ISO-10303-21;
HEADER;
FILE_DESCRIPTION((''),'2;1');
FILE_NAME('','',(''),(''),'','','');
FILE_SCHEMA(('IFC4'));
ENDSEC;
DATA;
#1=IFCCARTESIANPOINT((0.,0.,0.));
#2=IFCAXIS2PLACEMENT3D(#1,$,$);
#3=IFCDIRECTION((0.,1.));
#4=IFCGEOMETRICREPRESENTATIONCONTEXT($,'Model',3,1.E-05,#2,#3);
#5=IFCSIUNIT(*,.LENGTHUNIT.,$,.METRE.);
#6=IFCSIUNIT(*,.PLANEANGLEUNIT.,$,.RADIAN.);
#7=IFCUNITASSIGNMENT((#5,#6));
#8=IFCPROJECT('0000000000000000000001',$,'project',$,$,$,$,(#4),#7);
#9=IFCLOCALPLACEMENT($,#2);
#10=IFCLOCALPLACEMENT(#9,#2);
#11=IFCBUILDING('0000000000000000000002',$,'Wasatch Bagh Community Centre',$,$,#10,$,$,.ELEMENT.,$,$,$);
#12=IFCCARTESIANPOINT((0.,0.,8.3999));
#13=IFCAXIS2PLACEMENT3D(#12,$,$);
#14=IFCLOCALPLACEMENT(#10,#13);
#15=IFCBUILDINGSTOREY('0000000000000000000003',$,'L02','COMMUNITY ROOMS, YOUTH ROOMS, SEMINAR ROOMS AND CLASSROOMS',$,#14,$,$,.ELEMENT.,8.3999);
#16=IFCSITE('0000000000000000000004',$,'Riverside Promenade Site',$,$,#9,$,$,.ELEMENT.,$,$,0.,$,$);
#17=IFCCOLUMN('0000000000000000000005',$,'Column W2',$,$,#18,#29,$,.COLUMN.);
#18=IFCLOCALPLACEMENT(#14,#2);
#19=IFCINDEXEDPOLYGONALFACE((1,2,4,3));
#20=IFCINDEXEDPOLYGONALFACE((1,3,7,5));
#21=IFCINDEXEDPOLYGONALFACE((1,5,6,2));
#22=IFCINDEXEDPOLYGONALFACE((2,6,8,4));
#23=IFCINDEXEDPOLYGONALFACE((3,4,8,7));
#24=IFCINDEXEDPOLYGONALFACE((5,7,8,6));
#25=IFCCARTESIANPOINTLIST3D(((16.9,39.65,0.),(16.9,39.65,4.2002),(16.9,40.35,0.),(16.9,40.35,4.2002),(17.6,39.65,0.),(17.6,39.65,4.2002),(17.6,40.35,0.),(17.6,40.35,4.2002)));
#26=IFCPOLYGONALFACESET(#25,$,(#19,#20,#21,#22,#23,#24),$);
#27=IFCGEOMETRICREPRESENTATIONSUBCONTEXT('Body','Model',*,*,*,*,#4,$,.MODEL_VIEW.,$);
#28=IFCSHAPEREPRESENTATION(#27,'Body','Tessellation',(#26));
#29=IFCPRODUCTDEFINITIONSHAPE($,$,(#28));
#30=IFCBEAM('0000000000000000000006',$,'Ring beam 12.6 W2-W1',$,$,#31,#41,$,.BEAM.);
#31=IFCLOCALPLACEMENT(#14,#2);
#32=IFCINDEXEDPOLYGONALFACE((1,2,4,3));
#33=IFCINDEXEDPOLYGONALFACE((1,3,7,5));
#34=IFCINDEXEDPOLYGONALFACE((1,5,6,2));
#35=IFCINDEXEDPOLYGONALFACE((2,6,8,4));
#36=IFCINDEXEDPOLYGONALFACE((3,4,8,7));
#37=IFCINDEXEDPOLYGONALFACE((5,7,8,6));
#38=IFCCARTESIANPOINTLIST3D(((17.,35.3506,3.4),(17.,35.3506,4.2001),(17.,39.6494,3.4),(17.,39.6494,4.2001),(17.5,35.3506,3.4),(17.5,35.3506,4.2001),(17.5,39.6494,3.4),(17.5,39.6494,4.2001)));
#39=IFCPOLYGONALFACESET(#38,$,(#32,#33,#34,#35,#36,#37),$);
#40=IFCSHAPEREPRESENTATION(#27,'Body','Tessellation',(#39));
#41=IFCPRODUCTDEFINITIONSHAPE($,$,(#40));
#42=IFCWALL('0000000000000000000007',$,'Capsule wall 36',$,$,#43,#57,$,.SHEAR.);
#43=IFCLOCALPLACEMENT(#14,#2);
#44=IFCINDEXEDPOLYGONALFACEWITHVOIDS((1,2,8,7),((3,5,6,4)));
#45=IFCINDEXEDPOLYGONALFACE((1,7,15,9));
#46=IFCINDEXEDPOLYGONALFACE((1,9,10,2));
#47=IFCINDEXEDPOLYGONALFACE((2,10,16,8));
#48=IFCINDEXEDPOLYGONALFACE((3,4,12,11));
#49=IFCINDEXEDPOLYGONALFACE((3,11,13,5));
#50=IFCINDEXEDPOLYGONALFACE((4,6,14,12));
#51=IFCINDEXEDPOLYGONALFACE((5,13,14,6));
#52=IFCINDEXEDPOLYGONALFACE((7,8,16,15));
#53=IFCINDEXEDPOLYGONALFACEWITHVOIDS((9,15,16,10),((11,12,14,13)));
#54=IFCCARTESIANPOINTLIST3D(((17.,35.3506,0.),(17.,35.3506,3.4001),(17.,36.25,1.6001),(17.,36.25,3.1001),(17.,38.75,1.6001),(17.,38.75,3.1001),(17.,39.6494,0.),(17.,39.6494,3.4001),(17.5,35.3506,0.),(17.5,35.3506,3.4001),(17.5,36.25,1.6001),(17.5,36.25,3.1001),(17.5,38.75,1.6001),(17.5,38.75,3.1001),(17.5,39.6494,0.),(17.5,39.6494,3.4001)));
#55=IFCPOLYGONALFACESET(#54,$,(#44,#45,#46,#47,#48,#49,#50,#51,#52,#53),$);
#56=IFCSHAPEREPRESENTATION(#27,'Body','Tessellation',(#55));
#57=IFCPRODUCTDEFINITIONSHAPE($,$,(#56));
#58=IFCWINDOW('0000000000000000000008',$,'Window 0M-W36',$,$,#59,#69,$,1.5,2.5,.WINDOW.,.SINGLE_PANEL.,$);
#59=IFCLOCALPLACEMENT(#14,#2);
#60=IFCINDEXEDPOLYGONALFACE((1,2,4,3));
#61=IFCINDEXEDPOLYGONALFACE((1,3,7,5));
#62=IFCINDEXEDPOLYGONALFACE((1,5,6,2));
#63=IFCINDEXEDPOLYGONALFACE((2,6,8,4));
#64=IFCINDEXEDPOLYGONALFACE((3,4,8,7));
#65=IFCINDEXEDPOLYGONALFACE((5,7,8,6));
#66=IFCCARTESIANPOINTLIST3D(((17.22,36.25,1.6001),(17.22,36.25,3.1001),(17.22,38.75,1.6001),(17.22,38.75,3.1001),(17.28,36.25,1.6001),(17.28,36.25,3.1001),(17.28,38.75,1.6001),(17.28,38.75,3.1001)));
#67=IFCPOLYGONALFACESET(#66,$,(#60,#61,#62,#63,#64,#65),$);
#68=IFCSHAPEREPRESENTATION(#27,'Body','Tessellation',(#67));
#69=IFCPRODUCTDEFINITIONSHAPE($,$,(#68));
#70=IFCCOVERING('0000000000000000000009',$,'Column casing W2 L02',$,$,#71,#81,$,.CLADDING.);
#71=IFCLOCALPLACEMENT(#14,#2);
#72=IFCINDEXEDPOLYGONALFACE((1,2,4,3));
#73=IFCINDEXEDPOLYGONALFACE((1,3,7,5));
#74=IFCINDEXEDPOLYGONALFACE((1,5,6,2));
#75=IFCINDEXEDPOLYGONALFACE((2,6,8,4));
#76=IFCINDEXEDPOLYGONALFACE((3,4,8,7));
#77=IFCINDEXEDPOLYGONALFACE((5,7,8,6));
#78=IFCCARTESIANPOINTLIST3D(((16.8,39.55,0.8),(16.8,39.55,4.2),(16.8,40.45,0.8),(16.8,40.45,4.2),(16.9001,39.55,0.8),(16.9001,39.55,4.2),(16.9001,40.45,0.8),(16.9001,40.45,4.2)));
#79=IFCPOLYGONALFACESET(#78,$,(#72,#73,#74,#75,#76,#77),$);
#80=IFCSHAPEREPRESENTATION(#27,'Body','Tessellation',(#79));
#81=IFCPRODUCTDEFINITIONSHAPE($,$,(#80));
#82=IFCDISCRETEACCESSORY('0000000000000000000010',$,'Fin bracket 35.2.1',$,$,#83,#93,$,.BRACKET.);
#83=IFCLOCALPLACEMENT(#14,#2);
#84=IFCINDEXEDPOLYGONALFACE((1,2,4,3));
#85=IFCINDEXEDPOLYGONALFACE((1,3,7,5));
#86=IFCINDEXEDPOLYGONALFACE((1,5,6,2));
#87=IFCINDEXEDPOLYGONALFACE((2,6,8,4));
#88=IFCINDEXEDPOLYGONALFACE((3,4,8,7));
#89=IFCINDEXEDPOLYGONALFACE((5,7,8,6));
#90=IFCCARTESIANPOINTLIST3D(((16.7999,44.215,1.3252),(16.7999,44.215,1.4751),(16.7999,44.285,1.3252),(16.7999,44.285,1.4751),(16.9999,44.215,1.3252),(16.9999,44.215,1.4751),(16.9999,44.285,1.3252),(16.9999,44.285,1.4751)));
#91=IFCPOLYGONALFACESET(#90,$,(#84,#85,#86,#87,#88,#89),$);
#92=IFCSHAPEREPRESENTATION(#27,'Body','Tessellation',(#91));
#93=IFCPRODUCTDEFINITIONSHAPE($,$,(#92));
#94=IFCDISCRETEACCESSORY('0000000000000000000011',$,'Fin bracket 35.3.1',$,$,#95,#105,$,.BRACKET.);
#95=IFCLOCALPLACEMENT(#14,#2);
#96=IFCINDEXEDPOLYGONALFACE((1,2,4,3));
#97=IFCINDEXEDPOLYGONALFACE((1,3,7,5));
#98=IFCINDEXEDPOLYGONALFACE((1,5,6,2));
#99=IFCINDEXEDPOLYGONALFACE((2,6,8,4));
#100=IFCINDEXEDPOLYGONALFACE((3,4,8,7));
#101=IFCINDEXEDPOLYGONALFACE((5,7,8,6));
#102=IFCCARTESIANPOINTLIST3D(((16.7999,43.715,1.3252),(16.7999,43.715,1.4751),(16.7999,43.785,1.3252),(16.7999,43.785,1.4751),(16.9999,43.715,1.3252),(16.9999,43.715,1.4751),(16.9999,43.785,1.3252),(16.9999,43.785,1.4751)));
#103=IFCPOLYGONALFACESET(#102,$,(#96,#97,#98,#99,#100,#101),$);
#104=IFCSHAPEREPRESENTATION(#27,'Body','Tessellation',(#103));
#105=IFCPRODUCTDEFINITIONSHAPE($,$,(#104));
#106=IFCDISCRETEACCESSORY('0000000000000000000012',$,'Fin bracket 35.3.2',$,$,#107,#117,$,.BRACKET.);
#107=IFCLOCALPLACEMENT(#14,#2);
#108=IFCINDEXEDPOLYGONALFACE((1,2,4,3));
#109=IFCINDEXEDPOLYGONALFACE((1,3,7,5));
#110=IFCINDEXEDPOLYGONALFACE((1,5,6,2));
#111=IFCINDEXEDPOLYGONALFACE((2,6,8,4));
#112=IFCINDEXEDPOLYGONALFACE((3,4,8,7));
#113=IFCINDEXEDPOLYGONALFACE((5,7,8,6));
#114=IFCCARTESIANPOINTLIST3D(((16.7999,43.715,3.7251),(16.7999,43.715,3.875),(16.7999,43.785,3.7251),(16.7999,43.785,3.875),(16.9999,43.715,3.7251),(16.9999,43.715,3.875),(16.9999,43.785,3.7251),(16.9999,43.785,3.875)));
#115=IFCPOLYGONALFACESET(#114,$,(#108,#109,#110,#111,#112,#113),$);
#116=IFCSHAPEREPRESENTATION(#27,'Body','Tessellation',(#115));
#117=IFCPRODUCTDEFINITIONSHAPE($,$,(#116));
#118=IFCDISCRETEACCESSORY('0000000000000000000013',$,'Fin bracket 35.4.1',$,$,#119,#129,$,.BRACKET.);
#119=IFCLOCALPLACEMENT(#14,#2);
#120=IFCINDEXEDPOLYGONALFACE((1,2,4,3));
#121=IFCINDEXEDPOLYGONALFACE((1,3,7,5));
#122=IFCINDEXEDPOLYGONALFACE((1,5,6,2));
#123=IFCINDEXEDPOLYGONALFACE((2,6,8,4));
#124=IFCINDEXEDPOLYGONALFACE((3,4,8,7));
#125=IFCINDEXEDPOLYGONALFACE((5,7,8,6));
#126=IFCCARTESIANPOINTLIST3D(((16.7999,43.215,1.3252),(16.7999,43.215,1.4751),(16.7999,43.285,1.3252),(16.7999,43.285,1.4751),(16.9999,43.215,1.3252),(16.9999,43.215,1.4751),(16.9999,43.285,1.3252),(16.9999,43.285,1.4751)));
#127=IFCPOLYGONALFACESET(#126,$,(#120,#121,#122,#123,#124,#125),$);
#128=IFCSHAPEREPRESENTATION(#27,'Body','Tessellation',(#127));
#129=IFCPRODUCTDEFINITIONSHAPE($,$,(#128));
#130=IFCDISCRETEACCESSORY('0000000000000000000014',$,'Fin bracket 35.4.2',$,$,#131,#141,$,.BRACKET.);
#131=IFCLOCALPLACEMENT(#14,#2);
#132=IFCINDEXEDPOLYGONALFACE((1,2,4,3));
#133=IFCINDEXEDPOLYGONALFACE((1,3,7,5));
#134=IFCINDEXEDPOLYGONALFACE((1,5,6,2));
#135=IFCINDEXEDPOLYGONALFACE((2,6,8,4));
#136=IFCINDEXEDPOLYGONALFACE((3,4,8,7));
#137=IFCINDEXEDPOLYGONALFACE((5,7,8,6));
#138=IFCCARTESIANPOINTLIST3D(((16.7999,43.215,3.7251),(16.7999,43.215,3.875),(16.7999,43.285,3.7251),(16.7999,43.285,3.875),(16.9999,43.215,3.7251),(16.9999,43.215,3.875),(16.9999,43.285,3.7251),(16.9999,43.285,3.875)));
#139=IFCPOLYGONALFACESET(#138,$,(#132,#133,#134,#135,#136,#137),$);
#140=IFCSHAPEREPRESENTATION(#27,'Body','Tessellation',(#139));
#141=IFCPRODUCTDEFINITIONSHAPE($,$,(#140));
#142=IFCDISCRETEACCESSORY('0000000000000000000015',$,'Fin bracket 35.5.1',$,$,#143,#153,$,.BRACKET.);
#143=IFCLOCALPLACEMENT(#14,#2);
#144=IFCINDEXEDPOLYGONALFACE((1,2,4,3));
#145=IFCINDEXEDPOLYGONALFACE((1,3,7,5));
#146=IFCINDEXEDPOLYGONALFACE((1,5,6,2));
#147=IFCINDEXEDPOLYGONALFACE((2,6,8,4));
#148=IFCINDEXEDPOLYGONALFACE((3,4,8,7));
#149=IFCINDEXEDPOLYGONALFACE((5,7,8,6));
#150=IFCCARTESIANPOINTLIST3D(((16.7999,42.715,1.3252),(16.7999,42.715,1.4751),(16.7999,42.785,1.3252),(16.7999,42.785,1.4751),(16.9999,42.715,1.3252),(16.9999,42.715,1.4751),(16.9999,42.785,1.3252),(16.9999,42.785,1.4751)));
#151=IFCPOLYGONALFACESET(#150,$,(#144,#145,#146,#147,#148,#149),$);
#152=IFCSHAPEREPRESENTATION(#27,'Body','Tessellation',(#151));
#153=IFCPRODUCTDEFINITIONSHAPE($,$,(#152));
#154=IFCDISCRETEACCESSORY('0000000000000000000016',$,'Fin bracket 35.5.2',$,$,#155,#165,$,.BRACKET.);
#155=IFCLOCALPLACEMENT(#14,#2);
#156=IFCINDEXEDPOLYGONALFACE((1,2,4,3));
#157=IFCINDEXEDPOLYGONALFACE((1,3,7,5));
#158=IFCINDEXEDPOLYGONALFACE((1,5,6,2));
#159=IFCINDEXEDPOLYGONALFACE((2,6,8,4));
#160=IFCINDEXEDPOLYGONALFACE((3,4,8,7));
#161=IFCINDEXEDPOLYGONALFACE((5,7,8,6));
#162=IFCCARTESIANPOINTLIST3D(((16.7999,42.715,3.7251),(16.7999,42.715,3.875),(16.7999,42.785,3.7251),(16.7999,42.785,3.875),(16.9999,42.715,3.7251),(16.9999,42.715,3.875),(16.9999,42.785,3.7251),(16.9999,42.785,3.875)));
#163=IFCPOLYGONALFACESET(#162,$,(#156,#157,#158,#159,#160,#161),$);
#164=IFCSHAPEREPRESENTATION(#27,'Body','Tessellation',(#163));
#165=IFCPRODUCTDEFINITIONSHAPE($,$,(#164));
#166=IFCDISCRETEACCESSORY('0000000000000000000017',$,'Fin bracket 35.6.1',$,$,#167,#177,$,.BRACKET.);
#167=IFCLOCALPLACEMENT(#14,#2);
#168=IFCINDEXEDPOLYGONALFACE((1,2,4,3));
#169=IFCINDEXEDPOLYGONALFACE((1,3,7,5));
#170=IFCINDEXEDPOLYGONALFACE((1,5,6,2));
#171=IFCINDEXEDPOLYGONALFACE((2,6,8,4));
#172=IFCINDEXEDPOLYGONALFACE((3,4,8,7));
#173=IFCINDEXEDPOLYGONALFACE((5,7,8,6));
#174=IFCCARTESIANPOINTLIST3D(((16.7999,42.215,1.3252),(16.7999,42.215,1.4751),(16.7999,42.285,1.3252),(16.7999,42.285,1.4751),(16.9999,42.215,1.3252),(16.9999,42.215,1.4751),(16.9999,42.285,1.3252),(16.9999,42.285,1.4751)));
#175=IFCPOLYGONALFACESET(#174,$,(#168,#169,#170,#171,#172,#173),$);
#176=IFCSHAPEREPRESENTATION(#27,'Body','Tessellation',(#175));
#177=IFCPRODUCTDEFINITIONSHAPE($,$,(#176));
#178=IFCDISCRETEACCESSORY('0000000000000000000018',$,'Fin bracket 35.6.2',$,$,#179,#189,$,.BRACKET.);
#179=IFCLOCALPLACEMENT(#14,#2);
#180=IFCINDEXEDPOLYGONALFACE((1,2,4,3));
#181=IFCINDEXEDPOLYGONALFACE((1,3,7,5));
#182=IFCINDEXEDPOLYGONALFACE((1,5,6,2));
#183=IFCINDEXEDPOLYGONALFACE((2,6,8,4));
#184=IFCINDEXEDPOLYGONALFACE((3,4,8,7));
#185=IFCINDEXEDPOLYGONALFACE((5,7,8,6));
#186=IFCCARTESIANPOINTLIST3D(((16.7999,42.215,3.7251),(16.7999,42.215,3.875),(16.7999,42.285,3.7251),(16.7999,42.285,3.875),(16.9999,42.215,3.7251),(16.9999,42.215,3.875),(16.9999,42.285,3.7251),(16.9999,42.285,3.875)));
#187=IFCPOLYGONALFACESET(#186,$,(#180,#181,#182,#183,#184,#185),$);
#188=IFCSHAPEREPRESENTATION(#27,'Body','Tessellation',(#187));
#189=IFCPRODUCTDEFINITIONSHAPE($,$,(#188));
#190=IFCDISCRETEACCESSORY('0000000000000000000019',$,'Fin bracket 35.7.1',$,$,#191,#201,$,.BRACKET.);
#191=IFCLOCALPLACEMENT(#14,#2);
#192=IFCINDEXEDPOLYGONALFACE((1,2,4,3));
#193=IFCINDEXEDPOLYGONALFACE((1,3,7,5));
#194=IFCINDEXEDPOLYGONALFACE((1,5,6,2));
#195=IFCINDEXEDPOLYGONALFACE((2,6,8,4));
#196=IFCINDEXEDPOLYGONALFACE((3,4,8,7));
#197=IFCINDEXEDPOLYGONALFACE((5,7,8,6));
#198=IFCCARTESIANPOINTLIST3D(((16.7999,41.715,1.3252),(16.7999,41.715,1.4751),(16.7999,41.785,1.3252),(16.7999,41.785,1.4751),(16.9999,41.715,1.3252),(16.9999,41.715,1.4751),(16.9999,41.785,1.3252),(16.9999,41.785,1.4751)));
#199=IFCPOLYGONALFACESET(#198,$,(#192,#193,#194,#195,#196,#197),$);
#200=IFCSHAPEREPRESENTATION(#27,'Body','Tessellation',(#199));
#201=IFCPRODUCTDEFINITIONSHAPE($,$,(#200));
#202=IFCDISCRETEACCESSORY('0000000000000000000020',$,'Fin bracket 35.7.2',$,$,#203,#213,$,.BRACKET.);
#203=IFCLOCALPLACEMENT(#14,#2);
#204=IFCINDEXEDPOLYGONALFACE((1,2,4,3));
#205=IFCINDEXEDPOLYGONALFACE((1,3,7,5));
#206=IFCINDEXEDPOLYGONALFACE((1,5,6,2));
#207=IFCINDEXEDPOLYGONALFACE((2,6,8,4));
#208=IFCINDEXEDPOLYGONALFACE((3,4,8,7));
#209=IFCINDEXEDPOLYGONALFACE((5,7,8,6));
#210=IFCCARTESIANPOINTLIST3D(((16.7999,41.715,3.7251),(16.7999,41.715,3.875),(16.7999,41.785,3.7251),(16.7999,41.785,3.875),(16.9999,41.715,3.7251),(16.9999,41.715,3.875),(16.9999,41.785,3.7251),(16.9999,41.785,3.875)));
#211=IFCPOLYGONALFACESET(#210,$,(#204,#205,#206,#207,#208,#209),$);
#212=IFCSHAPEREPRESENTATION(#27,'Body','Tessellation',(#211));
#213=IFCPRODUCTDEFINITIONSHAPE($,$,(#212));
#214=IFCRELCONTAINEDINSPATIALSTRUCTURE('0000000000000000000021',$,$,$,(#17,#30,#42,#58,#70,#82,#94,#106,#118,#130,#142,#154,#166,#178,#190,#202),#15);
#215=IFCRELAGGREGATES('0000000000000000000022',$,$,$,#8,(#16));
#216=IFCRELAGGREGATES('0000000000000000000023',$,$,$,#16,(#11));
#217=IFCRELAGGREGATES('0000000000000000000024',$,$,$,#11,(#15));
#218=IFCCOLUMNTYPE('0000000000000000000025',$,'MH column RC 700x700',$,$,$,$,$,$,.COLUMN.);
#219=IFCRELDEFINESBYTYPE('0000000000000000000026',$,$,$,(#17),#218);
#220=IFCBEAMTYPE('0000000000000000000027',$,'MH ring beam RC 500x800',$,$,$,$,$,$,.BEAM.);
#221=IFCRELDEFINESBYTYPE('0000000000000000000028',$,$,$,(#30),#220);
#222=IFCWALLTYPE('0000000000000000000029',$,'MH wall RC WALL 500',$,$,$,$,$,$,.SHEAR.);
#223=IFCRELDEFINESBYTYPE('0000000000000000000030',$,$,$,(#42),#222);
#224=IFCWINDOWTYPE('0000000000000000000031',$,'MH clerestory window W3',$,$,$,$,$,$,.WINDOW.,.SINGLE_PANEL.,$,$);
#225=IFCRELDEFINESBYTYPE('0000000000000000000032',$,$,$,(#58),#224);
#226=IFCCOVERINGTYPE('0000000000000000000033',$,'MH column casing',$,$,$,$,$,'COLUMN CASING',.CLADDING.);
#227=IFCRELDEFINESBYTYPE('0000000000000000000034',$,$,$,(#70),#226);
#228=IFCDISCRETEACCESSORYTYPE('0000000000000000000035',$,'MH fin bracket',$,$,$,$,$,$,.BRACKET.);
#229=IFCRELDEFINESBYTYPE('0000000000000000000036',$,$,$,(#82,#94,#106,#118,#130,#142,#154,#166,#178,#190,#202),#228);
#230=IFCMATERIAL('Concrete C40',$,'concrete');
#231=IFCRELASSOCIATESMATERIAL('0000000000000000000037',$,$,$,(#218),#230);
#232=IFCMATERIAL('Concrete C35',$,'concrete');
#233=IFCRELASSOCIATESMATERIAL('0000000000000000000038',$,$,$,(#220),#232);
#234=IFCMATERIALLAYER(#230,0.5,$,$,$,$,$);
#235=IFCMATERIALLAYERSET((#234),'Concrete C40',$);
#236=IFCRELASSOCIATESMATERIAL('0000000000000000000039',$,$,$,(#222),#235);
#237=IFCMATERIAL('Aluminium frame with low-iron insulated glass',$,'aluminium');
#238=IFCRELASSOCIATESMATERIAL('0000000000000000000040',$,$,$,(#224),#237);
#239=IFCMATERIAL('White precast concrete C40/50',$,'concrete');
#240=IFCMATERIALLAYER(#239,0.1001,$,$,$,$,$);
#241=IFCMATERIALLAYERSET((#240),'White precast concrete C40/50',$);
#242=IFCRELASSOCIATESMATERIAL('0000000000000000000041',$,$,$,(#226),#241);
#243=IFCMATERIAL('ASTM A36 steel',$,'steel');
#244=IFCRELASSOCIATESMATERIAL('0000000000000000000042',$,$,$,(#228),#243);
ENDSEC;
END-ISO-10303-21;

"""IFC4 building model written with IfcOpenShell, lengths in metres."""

from ifc_helpers import new_model, si_unit, direction, frame, frame_2d, origin, origin_2d, place, context, subcontext, project, spatial, rectangle, extrude, material, layer, layer_set, material_profile, profile_set, type_object, element, fill, save


model = new_model("IFC4")

# Units and contexts
model_context = context("Model", 3, precision=1e-05, world=origin(), true_north=direction((0.0, 1.0)))
body_context = subcontext(model_context, "Body", "Model", "MODEL_VIEW")
ifc_project = project(units=[si_unit("LENGTHUNIT", "METRE"), si_unit("PLANEANGLEUNIT", "RADIAN")], contexts=[model_context])

# Site, building, storey
site_placement = place(None, origin())
site = spatial("IfcSite", under=ifc_project, at=site_placement, Name="Riverside Promenade Site", CompositionType="ELEMENT", RefElevation=0.0)
building_placement = place(site_placement, origin())
building = spatial("IfcBuilding", under=site, at=building_placement, Name="Wasatch Bagh Community Centre", CompositionType="ELEMENT")
storey_placement = place(building_placement, frame((0.0, 0.0, 8.3999)))
storey = spatial("IfcBuildingStorey", under=building, at=storey_placement, Name="L02", Description="COMMUNITY ROOMS, YOUTH ROOMS, SEMINAR ROOMS AND CLASSROOMS", CompositionType="ELEMENT", Elevation=8.3999)

# Column
ifc_material_1 = material(Name="Concrete C40", Category="concrete")
ifc_material_profile_1 = material_profile(ifc_material_1, rectangle(XDim=0.7, YDim=0.7, at=origin_2d()), Name="RC 700x700")
ifc_profile_set_1 = profile_set([ifc_material_profile_1], Name="Concrete C40")
column_type = type_object("IfcColumnType", Name="MH column RC 700x700", PredefinedType="COLUMN", material=ifc_profile_set_1)
column_placement = place(storey_placement, frame((17.25, 40.0, 0.0), z_axis=(0.0, 0.0, 1.0), x_axis=(1.0, 0.0, 0.0)))
element("IfcColumn", 1, at=column_placement, inside=storey, type_object=column_type, Name="Column W2", PredefinedType="COLUMN", context=body_context, shape_type="SweptSolid", body=[
    extrude(rectangle(XDim=0.7, YDim=0.7, at=origin_2d()), origin(), (0.0, 0.0, 1.0), 4.2002),
])

# Beam
ifc_material_2 = material(Name="Concrete C35", Category="concrete")
ifc_material_profile_2 = material_profile(ifc_material_2, rectangle(XDim=0.5, YDim=0.8, at=origin_2d()), Name="RC 500x800")
ifc_profile_set_2 = profile_set([ifc_material_profile_2], Name="Concrete C35")
beam_type = type_object("IfcBeamType", Name="MH ring beam RC 500x800", PredefinedType="BEAM", material=ifc_profile_set_2)
beam_placement = place(storey_placement, frame((17.25, 39.6494, 3.8), z_axis=(0.0, -1.0, 0.0), x_axis=(1.0, 0.0, 0.0)))
element("IfcBeam", 2, at=beam_placement, inside=storey, type_object=beam_type, Name="Ring beam 12.6 W2-W1", PredefinedType="BEAM", context=body_context, shape_type="SweptSolid", body=[
    extrude(rectangle(XDim=0.5, YDim=0.8, at=origin_2d()), origin(), (0.0, 0.0, 1.0), 4.2988),
])

# Wall, opening, window
ifc_layer_1 = layer(ifc_material_1, 0.5)
ifc_layer_set_1 = layer_set([ifc_layer_1], Name="Concrete C40")
wall_type = type_object("IfcWallType", Name="MH wall RC WALL 500", PredefinedType="SHEAR", material=ifc_layer_set_1)
wall_placement = place(storey_placement, frame((17.25, 39.6494, 0.0), z_axis=(0.0, 0.0, 1.0), x_axis=(0.0, -1.0, 0.0)))
wall = element("IfcWall", 3, at=wall_placement, inside=storey, type_object=wall_type, Name="Capsule wall 36", PredefinedType="SHEAR", context=body_context, shape_type="SweptSolid", body=[
    extrude(rectangle(XDim=4.2988, YDim=0.5, at=frame_2d((2.1494, 0.0))), origin(), (0.0, 0.0, 1.0), 3.4001),
])
opening_placement = place(wall_placement, frame((0.8994, 0.0, 1.6001)))
opening = element("IfcOpeningElement", 4, at=opening_placement, cuts=wall, PredefinedType="OPENING", context=body_context, shape_type="SweptSolid", body=[
    extrude(rectangle(XDim=2.5, YDim=1.5, at=frame_2d((1.25, 0.75))), frame((0.0, 0.26, 0.0), z_axis=(0.0, -1.0, 0.0), x_axis=(1.0, 0.0, 0.0)), (0.0, 0.0, 1.0), 0.52),
])
ifc_material_3 = material(Name="Aluminium frame with low-iron insulated glass", Category="aluminium")
window_type = type_object("IfcWindowType", Name="MH clerestory window W3", PartitioningType="SINGLE_PANEL", PredefinedType="WINDOW", material=ifc_material_3)
window_placement = place(opening_placement, origin())
window = element("IfcWindow", 5, at=window_placement, inside=storey, type_object=window_type, Name="Window 0M-W36", OverallHeight=1.5, OverallWidth=2.5, PartitioningType="SINGLE_PANEL", PredefinedType="WINDOW", context=body_context, shape_type="SweptSolid", body=[
    extrude(rectangle(XDim=2.5, YDim=1.5, at=frame_2d((1.25, 0.75))), frame((0.0, 0.03, 0.0), z_axis=(0.0, -1.0, 0.0), x_axis=(1.0, 0.0, 0.0)), (0.0, 0.0, 1.0), 0.0601),
])
fill(opening, window)

# Covering
ifc_material_4 = material(Name="White precast concrete C40/50", Category="concrete")
ifc_layer_2 = layer(ifc_material_4, 0.1001)
ifc_layer_set_2 = layer_set([ifc_layer_2], Name="White precast concrete C40/50")
covering_type = type_object("IfcCoveringType", Name="MH column casing", ElementType="COLUMN CASING", PredefinedType="CLADDING", material=ifc_layer_set_2)
covering_placement = place(storey_placement, frame((16.8501, 40.0, 0.8), z_axis=(0.0, 0.0, 1.0), x_axis=(0.0, -1.0, 0.0)))
element("IfcCovering", 6, at=covering_placement, inside=storey, type_object=covering_type, Name="Column casing W2 L02", PredefinedType="CLADDING", context=body_context, shape_type="SweptSolid", body=[
    extrude(rectangle(XDim=0.8999, YDim=0.1001, at=origin_2d()), origin(), (0.0, 0.0, 1.0), 3.3999),
])

# Discrete accessories
ifc_material_5 = material(Name="ASTM A36 steel", Category="steel")
discrete_accessory_type = type_object("IfcDiscreteAccessoryType", Name="MH fin bracket", PredefinedType="BRACKET", material=ifc_material_5)
for number, where, z_axis, x_axis, name in (
    (7, (16.8999, 44.25, 1.3252), (0.0, 0.0, 1.0), (0.0, -1.0, 0.0), "Fin bracket 35.2.1"),
    (8, (16.8999, 43.75, 1.3252), (0.0, 0.0, 1.0), (0.0, -1.0, 0.0), "Fin bracket 35.3.1"),
    (9, (16.8999, 43.75, 3.7251), (0.0, 0.0, 1.0), (0.0, -1.0, 0.0), "Fin bracket 35.3.2"),
    (10, (16.8999, 43.25, 1.3252), (0.0, 0.0, 1.0), (0.0, -1.0, 0.0), "Fin bracket 35.4.1"),
    (11, (16.8999, 43.25, 3.7251), (0.0, 0.0, 1.0), (0.0, -1.0, 0.0), "Fin bracket 35.4.2"),
    (12, (16.8999, 42.75, 1.3252), (0.0, 0.0, 1.0), (0.0, -1.0, 0.0), "Fin bracket 35.5.1"),
    (13, (16.8999, 42.75, 3.7251), (0.0, 0.0, 1.0), (0.0, -1.0, 0.0), "Fin bracket 35.5.2"),
    (14, (16.8999, 42.25, 1.3252), (0.0, 0.0, 1.0), (0.0, -1.0, 0.0), "Fin bracket 35.6.1"),
    (15, (16.8999, 42.25, 3.7251), (0.0, 0.0, 1.0), (0.0, -1.0, 0.0), "Fin bracket 35.6.2"),
    (16, (16.8999, 41.75, 1.3252), (0.0, 0.0, 1.0), (0.0, -1.0, 0.0), "Fin bracket 35.7.1"),
    (17, (16.8999, 41.75, 3.7251), (0.0, 0.0, 1.0), (0.0, -1.0, 0.0), "Fin bracket 35.7.2"),
):
    element("IfcDiscreteAccessory", number, at=place(storey_placement, frame(where, z_axis=z_axis, x_axis=x_axis)), inside=storey, type_object=discrete_accessory_type, Name=name, PredefinedType="BRACKET", context=body_context, shape_type="SweptSolid", body=[
        extrude(rectangle(XDim=0.0701, YDim=0.2, at=origin_2d()), origin(), (0.0, 0.0, 1.0), 0.1499),
    ])

save(model, "model.ifc")
